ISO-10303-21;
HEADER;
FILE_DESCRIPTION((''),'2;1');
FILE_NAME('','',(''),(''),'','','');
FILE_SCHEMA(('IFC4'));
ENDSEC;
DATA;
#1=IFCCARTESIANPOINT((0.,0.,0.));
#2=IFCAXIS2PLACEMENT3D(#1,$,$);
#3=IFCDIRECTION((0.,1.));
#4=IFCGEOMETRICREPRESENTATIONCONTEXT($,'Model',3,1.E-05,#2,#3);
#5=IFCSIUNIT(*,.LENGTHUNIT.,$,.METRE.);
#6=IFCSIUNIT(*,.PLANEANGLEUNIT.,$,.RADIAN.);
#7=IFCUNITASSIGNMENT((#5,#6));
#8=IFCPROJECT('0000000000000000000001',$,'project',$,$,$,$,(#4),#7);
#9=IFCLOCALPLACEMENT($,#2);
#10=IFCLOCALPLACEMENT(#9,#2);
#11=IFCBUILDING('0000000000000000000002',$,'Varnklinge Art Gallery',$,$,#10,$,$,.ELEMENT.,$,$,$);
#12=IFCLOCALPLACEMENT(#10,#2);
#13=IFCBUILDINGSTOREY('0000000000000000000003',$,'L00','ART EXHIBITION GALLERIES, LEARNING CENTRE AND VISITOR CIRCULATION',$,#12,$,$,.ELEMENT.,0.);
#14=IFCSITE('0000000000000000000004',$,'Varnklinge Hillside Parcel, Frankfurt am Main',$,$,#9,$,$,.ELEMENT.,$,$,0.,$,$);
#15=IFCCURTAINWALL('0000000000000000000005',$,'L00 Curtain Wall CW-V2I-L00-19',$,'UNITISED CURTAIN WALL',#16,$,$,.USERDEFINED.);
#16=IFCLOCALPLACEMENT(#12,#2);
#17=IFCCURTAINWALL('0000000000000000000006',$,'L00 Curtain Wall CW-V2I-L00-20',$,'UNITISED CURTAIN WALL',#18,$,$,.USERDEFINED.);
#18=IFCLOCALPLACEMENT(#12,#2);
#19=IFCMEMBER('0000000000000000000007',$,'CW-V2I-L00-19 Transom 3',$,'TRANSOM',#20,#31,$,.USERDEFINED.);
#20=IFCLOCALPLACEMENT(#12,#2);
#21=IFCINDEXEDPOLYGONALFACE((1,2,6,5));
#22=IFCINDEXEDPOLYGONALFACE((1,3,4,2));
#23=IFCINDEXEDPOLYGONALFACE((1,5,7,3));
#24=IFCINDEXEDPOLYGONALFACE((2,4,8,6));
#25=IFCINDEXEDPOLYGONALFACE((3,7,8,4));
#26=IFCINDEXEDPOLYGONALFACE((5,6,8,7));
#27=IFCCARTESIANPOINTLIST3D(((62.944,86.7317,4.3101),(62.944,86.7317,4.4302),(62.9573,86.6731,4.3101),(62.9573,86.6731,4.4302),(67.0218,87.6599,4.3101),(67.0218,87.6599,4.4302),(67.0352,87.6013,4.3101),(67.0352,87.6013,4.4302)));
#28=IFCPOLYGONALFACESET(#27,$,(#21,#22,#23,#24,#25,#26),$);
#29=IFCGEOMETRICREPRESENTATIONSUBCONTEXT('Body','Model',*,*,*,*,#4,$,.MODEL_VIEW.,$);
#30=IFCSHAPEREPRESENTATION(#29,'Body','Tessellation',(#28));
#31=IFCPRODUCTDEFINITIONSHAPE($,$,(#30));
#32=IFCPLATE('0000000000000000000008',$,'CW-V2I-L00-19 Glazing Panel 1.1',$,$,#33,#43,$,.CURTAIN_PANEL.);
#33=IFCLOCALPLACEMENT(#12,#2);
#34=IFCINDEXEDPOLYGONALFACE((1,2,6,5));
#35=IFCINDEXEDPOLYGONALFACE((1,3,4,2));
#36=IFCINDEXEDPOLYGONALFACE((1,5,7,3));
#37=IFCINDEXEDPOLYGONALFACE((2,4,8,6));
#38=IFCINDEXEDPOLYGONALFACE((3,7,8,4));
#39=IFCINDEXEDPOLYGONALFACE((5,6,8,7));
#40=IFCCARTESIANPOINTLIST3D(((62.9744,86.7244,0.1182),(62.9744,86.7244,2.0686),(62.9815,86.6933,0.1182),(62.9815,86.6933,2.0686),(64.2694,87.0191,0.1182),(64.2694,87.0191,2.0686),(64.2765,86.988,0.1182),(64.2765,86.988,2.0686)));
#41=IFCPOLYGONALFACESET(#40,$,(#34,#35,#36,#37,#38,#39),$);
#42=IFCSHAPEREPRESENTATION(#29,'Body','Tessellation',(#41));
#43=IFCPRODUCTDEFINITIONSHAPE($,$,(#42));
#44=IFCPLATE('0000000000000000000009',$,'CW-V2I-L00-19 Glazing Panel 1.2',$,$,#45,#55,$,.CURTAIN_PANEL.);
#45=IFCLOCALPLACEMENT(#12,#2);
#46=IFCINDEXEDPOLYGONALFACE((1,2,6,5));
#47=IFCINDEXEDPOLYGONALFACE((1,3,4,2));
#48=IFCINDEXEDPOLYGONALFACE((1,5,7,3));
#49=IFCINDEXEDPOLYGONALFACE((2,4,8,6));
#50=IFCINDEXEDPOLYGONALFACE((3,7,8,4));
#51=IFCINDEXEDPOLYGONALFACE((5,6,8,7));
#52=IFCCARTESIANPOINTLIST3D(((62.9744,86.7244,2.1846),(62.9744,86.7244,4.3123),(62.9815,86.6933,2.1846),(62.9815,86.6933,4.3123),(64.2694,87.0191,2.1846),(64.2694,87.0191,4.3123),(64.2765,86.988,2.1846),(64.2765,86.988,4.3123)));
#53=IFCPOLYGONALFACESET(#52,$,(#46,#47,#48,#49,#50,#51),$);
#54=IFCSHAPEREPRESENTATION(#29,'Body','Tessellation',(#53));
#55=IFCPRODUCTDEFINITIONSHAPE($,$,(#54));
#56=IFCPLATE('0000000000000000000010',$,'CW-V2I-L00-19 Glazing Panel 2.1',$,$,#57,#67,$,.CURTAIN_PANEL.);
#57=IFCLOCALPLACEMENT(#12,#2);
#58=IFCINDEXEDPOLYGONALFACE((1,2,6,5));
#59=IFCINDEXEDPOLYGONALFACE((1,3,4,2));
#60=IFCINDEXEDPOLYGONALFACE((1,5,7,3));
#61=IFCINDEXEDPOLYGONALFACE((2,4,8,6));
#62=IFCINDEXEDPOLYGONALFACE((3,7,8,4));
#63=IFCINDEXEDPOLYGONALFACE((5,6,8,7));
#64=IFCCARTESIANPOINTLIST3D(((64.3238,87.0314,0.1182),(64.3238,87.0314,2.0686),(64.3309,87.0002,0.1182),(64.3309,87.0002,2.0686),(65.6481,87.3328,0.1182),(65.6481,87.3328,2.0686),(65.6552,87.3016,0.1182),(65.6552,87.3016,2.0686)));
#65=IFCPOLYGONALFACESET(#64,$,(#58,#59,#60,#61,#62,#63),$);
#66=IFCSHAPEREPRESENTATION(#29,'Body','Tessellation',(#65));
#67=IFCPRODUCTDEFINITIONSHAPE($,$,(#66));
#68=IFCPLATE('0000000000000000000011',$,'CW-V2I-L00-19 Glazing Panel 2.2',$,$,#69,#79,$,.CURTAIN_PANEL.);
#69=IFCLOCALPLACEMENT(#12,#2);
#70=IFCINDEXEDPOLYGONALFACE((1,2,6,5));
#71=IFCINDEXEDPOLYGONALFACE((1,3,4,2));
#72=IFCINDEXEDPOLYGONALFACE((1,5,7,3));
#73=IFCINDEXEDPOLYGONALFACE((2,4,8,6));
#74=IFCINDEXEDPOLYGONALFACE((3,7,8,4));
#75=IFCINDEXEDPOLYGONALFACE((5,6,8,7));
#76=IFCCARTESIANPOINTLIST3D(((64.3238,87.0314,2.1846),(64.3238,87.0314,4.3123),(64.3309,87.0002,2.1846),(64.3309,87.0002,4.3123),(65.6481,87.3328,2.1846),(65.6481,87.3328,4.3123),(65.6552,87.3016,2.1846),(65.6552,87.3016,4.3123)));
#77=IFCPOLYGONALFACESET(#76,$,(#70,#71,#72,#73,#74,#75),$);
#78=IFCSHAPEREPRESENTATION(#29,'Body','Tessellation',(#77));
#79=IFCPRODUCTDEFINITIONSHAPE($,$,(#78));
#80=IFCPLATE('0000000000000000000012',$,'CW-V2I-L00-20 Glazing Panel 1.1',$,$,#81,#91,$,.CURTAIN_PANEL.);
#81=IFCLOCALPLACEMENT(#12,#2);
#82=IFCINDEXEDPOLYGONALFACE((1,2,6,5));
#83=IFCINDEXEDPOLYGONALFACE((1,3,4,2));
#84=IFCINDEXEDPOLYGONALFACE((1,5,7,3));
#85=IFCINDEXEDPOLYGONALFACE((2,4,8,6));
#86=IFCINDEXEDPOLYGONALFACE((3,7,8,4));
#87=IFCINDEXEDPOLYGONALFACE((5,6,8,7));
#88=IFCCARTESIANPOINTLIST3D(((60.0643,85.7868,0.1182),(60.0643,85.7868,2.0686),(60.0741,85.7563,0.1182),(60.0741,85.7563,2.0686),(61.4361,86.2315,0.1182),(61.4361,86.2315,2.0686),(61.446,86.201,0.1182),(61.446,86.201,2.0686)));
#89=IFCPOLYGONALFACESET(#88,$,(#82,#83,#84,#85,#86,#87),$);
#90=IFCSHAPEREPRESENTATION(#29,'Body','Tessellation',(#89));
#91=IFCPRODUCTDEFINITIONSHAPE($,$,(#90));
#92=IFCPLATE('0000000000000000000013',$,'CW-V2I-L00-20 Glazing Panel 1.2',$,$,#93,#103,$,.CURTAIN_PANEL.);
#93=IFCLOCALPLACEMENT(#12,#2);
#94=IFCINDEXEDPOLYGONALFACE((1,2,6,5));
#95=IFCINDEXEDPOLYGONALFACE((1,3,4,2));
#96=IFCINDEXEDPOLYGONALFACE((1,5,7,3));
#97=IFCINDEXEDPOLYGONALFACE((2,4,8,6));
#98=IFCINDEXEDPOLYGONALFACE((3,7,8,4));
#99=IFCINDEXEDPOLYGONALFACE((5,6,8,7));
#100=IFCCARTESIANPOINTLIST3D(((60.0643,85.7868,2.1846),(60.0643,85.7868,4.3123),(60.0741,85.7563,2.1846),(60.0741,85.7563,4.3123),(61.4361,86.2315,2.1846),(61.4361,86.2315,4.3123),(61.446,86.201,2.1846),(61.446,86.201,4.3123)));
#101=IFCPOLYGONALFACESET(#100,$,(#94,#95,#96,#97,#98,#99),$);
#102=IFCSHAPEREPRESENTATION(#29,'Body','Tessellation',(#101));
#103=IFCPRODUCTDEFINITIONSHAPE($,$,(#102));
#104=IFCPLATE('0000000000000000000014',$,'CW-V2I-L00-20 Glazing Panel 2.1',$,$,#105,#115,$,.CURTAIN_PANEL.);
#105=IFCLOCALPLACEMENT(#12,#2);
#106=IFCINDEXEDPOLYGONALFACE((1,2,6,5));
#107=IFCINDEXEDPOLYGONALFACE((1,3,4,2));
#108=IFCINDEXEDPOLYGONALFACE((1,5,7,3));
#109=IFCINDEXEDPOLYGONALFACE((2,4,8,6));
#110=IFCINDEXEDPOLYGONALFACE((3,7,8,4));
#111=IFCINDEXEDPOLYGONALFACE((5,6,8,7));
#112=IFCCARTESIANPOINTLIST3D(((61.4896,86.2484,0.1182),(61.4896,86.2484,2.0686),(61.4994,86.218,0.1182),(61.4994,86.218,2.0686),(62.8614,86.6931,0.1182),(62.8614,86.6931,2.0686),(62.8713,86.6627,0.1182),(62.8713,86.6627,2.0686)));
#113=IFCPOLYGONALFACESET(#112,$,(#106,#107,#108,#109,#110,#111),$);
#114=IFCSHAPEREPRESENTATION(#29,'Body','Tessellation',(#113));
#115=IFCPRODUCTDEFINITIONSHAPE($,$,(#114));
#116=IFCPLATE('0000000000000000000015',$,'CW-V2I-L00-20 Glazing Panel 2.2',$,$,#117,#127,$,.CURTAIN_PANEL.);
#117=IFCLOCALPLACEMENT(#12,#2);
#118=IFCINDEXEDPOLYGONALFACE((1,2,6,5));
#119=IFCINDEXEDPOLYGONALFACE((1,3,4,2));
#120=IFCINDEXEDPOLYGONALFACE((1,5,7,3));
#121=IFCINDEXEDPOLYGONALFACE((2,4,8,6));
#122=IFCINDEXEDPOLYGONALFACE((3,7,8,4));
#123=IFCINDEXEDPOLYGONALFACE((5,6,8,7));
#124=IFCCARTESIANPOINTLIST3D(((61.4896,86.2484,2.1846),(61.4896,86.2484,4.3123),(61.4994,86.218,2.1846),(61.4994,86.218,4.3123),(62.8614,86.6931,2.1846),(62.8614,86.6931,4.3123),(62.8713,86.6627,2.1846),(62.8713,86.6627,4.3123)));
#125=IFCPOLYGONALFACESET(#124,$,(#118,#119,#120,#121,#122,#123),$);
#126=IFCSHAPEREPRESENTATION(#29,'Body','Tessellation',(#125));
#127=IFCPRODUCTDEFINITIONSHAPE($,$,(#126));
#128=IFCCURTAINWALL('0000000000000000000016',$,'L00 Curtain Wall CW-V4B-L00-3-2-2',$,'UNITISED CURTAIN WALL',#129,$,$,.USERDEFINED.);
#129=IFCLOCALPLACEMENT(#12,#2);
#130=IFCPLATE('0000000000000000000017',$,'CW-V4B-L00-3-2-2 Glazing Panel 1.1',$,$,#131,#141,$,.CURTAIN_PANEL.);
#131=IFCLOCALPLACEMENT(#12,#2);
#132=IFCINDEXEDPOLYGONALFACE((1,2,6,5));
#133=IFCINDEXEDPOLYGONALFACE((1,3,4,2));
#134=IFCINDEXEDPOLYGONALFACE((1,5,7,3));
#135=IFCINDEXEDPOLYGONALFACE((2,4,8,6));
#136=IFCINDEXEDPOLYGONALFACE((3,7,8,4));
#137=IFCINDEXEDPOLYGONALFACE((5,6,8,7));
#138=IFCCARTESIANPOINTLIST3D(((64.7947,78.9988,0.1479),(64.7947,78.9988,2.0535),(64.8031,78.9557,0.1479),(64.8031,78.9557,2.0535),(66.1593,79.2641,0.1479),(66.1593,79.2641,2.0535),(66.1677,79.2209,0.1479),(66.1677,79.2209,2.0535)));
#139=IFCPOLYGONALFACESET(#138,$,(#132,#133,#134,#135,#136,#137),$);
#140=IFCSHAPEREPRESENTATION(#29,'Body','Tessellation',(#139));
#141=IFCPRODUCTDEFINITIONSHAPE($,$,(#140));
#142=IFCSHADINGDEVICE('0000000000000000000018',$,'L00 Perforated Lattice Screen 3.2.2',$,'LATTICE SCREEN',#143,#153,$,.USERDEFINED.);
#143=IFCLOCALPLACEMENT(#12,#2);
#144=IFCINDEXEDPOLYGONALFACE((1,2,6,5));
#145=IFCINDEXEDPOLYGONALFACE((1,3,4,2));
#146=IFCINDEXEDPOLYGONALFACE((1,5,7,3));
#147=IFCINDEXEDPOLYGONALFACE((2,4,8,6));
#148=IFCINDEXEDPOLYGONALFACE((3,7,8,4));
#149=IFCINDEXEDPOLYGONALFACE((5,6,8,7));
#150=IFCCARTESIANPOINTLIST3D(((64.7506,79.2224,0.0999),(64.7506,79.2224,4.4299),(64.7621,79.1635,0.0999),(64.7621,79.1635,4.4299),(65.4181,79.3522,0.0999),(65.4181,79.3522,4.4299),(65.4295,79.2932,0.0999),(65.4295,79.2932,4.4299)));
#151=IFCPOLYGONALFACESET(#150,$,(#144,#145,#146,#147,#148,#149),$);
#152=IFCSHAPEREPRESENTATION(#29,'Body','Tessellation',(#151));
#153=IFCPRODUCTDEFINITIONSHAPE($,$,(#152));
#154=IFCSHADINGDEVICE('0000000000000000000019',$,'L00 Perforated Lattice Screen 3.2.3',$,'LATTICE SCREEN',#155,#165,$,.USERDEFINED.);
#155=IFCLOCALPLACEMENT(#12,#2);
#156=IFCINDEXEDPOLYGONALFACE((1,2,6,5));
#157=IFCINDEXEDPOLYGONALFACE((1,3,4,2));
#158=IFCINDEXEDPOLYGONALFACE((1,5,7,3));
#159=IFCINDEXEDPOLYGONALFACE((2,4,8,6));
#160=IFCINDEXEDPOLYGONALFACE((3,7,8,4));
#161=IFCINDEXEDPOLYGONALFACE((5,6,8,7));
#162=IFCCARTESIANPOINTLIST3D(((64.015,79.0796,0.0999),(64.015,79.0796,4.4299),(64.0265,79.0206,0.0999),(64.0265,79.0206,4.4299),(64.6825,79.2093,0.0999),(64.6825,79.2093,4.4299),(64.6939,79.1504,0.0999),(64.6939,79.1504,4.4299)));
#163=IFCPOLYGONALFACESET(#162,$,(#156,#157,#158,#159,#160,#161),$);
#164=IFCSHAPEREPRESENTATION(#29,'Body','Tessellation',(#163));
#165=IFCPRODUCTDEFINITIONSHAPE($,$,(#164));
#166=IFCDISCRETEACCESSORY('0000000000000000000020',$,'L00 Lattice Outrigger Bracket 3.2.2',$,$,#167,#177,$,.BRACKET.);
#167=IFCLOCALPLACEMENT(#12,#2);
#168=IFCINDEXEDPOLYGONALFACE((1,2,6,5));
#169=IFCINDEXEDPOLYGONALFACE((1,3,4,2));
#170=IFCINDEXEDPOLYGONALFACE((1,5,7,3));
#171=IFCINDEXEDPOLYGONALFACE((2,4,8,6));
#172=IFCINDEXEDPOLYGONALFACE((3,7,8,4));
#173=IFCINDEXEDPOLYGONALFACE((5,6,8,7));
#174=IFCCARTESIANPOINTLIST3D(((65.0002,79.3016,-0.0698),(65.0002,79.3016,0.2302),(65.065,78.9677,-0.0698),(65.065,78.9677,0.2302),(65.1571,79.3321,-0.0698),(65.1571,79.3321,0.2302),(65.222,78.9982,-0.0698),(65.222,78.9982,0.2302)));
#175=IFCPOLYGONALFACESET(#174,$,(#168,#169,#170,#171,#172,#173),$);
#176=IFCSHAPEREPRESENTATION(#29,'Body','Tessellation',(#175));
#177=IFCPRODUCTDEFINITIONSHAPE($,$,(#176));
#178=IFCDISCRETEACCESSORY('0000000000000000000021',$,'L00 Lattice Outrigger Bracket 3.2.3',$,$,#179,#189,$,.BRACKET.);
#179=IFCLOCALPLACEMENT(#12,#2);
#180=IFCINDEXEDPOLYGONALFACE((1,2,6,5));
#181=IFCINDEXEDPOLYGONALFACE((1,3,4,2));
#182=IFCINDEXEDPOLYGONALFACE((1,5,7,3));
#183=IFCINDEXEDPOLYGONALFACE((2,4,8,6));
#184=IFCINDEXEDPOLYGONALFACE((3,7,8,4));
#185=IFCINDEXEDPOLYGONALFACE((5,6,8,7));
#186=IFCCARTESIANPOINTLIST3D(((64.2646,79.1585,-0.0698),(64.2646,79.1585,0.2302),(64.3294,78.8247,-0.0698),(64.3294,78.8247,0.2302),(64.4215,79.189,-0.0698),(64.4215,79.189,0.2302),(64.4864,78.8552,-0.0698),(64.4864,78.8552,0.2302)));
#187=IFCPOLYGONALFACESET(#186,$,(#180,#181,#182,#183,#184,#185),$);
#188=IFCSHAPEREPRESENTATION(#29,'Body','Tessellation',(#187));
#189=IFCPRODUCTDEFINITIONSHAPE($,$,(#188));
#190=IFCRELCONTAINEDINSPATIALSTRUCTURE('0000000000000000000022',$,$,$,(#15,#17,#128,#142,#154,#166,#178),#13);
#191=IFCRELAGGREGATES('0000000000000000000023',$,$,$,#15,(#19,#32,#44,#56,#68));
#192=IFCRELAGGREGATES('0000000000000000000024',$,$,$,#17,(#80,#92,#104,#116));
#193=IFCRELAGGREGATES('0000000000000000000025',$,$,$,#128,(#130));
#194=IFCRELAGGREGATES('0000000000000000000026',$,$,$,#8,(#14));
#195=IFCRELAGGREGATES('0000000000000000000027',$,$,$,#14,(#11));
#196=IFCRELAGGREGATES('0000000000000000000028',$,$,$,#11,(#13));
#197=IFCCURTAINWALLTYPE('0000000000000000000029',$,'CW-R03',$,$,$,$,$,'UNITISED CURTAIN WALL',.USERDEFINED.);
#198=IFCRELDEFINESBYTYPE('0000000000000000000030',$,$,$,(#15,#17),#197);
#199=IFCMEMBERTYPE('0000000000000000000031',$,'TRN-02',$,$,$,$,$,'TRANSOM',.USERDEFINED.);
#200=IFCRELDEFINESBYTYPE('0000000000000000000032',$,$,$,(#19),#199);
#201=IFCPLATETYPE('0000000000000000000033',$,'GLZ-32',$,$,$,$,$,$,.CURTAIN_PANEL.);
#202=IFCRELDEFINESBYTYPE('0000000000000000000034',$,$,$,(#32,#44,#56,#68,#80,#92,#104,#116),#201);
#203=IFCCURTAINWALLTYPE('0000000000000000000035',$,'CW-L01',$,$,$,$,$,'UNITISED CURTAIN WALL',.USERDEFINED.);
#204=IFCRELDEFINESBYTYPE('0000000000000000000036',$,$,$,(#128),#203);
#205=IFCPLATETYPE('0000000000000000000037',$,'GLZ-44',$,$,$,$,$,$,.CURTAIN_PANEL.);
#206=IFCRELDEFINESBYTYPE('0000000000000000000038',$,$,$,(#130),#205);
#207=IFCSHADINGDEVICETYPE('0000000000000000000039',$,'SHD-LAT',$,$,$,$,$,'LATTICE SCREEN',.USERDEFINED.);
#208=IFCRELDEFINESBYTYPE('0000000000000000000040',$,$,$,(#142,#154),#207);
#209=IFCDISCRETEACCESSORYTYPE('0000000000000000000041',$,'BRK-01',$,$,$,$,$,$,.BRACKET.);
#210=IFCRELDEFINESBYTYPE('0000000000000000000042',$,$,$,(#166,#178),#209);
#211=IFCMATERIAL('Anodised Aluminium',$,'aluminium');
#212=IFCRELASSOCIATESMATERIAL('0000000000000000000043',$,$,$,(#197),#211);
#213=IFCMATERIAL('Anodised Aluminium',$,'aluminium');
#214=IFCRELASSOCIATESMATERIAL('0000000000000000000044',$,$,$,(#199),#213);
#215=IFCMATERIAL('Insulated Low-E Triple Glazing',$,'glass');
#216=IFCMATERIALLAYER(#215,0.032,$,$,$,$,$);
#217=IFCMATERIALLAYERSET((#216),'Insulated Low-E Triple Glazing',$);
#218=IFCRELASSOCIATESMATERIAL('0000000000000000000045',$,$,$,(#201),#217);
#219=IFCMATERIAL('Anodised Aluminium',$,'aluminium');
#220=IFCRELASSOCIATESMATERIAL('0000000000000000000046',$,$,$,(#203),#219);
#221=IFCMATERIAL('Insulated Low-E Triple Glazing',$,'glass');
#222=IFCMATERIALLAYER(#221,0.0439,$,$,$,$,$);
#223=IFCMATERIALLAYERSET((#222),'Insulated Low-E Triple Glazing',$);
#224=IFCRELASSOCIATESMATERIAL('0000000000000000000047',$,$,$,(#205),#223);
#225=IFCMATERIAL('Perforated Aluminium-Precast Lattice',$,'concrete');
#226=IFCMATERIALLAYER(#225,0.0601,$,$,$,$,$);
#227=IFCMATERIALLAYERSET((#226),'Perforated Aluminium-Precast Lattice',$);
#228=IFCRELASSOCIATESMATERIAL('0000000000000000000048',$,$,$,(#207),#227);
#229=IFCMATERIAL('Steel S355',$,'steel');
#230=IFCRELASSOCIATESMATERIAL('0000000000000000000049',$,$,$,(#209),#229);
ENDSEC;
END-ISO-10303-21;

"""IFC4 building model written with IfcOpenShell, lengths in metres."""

from ifc_helpers import new_model, si_unit, direction, frame, origin, origin_2d, place, context, subcontext, project, spatial, rectangle, extrude, material, layer, layer_set, material_profile, profile_set, type_object, element, aggregate, save


model = new_model("IFC4")

# Units and contexts
model_context = context("Model", 3, precision=1e-05, world=origin(), true_north=direction((0.0, 1.0)))
body_context = subcontext(model_context, "Body", "Model", "MODEL_VIEW")
ifc_project = project(units=[si_unit("LENGTHUNIT", "METRE"), si_unit("PLANEANGLEUNIT", "RADIAN")], contexts=[model_context])

# Site, building, storey
site_placement = place(None, origin())
site = spatial("IfcSite", under=ifc_project, at=site_placement, Name="Varnklinge Hillside Parcel, Frankfurt am Main", CompositionType="ELEMENT", RefElevation=0.0)
building_placement = place(site_placement, origin())
building = spatial("IfcBuilding", under=site, at=building_placement, Name="Varnklinge Art Gallery", CompositionType="ELEMENT")
storey_placement = place(building_placement, origin())
storey = spatial("IfcBuildingStorey", under=building, at=storey_placement, Name="L00", Description="ART EXHIBITION GALLERIES, LEARNING CENTRE AND VISITOR CIRCULATION", CompositionType="ELEMENT", Elevation=0.0)

# Curtain walls
ifc_material_1 = material(Name="Anodised Aluminium", Category="aluminium")
curtain_wall_type_1 = type_object("IfcCurtainWallType", Name="CW-R03", ElementType="UNITISED CURTAIN WALL", PredefinedType="USERDEFINED", material=ifc_material_1)
curtain_wall_1_placement = place(storey_placement, origin())
curtain_wall_1 = element("IfcCurtainWall", 1, at=curtain_wall_1_placement, inside=storey, type_object=curtain_wall_type_1, Name="L00 Curtain Wall CW-V2I-L00-19", ObjectType="UNITISED CURTAIN WALL", PredefinedType="USERDEFINED")
curtain_wall_2_placement = place(storey_placement, origin())
curtain_wall_2 = element("IfcCurtainWall", 2, at=curtain_wall_2_placement, inside=storey, type_object=curtain_wall_type_1, Name="L00 Curtain Wall CW-V2I-L00-20", ObjectType="UNITISED CURTAIN WALL", PredefinedType="USERDEFINED")

# Member
ifc_material_2 = material(Name="Anodised Aluminium", Category="aluminium")
ifc_material_profile_1 = material_profile(ifc_material_2, rectangle(XDim=0.0601, YDim=0.1201, at=origin_2d()), Name="ALU 60x120")
ifc_profile_set_1 = profile_set([ifc_material_profile_1], Name="Anodised Aluminium")
member_type_1 = type_object("IfcMemberType", Name="TRN-02", ElementType="TRANSOM", PredefinedType="USERDEFINED", material=ifc_profile_set_1)
member_1_placement = place(storey_placement, frame((62.9507, 86.7024, 4.3701), z_axis=(0.975059, 0.221947, 0.0), x_axis=(-0.221947, 0.975059, 0.0)))
member_1 = element("IfcMember", 3, at=member_1_placement, type_object=member_type_1, Name="CW-V2I-L00-19 Transom 3", ObjectType="TRANSOM", PredefinedType="USERDEFINED", context=body_context, shape_type="SweptSolid", body=[
    extrude(rectangle(XDim=0.0601, YDim=0.1201, at=origin_2d()), origin(), (0.0, 0.0, 1.0), 4.1821),
])

# Plates
ifc_material_3 = material(Name="Insulated Low-E Triple Glazing", Category="glass")
ifc_layer_1 = layer(ifc_material_3, 0.032)
ifc_layer_set_1 = layer_set([ifc_layer_1], Name="Insulated Low-E Triple Glazing")
plate_type_1 = type_object("IfcPlateType", Name="GLZ-32", PredefinedType="CURTAIN_PANEL", material=ifc_layer_set_1)
plate_1_placement = place(storey_placement, frame((63.6255, 86.8562, 0.1182), z_axis=(0.0, 0.0, 1.0), x_axis=(0.975072, 0.221889, 0.0)))
plate_1 = element("IfcPlate", 4, at=plate_1_placement, type_object=plate_type_1, Name="CW-V2I-L00-19 Glazing Panel 1.1", PredefinedType="CURTAIN_PANEL", context=body_context, shape_type="SweptSolid", body=[
    extrude(rectangle(XDim=1.3281, YDim=0.032, at=origin_2d()), origin(), (0.0, 0.0, 1.0), 1.9504),
])
plate_2_placement = place(storey_placement, frame((63.6255, 86.8562, 2.1846), z_axis=(0.0, 0.0, 1.0), x_axis=(0.975072, 0.221889, 0.0)))
plate_2 = element("IfcPlate", 5, at=plate_2_placement, type_object=plate_type_1, Name="CW-V2I-L00-19 Glazing Panel 1.2", PredefinedType="CURTAIN_PANEL", context=body_context, shape_type="SweptSolid", body=[
    extrude(rectangle(XDim=1.3281, YDim=0.032, at=origin_2d()), origin(), (0.0, 0.0, 1.0), 2.1277),
])
plate_3_placement = place(storey_placement, frame((64.9895, 87.1665, 0.1182), z_axis=(0.0, 0.0, 1.0), x_axis=(0.975072, 0.221889, 0.0)))
plate_3 = element("IfcPlate", 6, at=plate_3_placement, type_object=plate_type_1, Name="CW-V2I-L00-19 Glazing Panel 2.1", PredefinedType="CURTAIN_PANEL", context=body_context, shape_type="SweptSolid", body=[
    extrude(rectangle(XDim=1.3582, YDim=0.032, at=origin_2d()), origin(), (0.0, 0.0, 1.0), 1.9504),
])
plate_4_placement = place(storey_placement, frame((64.9895, 87.1665, 2.1846), z_axis=(0.0, 0.0, 1.0), x_axis=(0.975072, 0.221889, 0.0)))
plate_4 = element("IfcPlate", 7, at=plate_4_placement, type_object=plate_type_1, Name="CW-V2I-L00-19 Glazing Panel 2.2", PredefinedType="CURTAIN_PANEL", context=body_context, shape_type="SweptSolid", body=[
    extrude(rectangle(XDim=1.3582, YDim=0.032, at=origin_2d()), origin(), (0.0, 0.0, 1.0), 2.1277),
])
aggregate(curtain_wall_1, [member_1, plate_1, plate_2, plate_3, plate_4])
plate_5_placement = place(storey_placement, frame((60.7551, 85.9939, 0.1182), z_axis=(0.0, 0.0, 1.0), x_axis=(0.951272, 0.308353, 0.0)))
plate_5 = element("IfcPlate", 8, at=plate_5_placement, type_object=plate_type_1, Name="CW-V2I-L00-20 Glazing Panel 1.1", PredefinedType="CURTAIN_PANEL", context=body_context, shape_type="SweptSolid", body=[
    extrude(rectangle(XDim=1.4421, YDim=0.032, at=origin_2d()), origin(), (0.0, 0.0, 1.0), 1.9504),
])
plate_6_placement = place(storey_placement, frame((60.7551, 85.9939, 2.1846), z_axis=(0.0, 0.0, 1.0), x_axis=(0.951272, 0.308353, 0.0)))
plate_6 = element("IfcPlate", 9, at=plate_6_placement, type_object=plate_type_1, Name="CW-V2I-L00-20 Glazing Panel 1.2", PredefinedType="CURTAIN_PANEL", context=body_context, shape_type="SweptSolid", body=[
    extrude(rectangle(XDim=1.4421, YDim=0.032, at=origin_2d()), origin(), (0.0, 0.0, 1.0), 2.1277),
])
plate_7_placement = place(storey_placement, frame((62.1804, 86.4556, 0.1182), z_axis=(0.0, 0.0, 1.0), x_axis=(0.951272, 0.308353, 0.0)))
plate_7 = element("IfcPlate", 10, at=plate_7_placement, type_object=plate_type_1, Name="CW-V2I-L00-20 Glazing Panel 2.1", PredefinedType="CURTAIN_PANEL", context=body_context, shape_type="SweptSolid", body=[
    extrude(rectangle(XDim=1.4421, YDim=0.032, at=origin_2d()), origin(), (0.0, 0.0, 1.0), 1.9504),
])
plate_8_placement = place(storey_placement, frame((62.1804, 86.4556, 2.1846), z_axis=(0.0, 0.0, 1.0), x_axis=(0.951272, 0.308353, 0.0)))
plate_8 = element("IfcPlate", 11, at=plate_8_placement, type_object=plate_type_1, Name="CW-V2I-L00-20 Glazing Panel 2.2", PredefinedType="CURTAIN_PANEL", context=body_context, shape_type="SweptSolid", body=[
    extrude(rectangle(XDim=1.4421, YDim=0.032, at=origin_2d()), origin(), (0.0, 0.0, 1.0), 2.1277),
])
aggregate(curtain_wall_2, [plate_5, plate_6, plate_7, plate_8])

# Curtain wall, plate
ifc_material_4 = material(Name="Anodised Aluminium", Category="aluminium")
curtain_wall_type_2 = type_object("IfcCurtainWallType", Name="CW-L01", ElementType="UNITISED CURTAIN WALL", PredefinedType="USERDEFINED", material=ifc_material_4)
curtain_wall_3_placement = place(storey_placement, origin())
curtain_wall_3 = element("IfcCurtainWall", 12, at=curtain_wall_3_placement, inside=storey, type_object=curtain_wall_type_2, Name="L00 Curtain Wall CW-V4B-L00-3-2-2", ObjectType="UNITISED CURTAIN WALL", PredefinedType="USERDEFINED")
ifc_material_5 = material(Name="Insulated Low-E Triple Glazing", Category="glass")
ifc_layer_2 = layer(ifc_material_5, 0.0439)
ifc_layer_set_2 = layer_set([ifc_layer_2], Name="Insulated Low-E Triple Glazing")
plate_type_2 = type_object("IfcPlateType", Name="GLZ-44", PredefinedType="CURTAIN_PANEL", material=ifc_layer_set_2)
plate_9_placement = place(storey_placement, frame((65.4812, 79.1099, 0.1479), z_axis=(0.0, 0.0, 1.0), x_axis=(-0.981627, -0.190809, 0.0)))
plate_9 = element("IfcPlate", 13, at=plate_9_placement, type_object=plate_type_2, Name="CW-V4B-L00-3-2-2 Glazing Panel 1.1", PredefinedType="CURTAIN_PANEL", context=body_context, shape_type="SweptSolid", body=[
    extrude(rectangle(XDim=1.3901, YDim=0.0439, at=origin_2d()), origin(), (0.0, 0.0, 1.0), 1.9055),
])
aggregate(curtain_wall_3, [plate_9])

# Shading devices
ifc_material_6 = material(Name="Perforated Aluminium-Precast Lattice", Category="concrete")
ifc_layer_3 = layer(ifc_material_6, 0.0601)
ifc_layer_set_3 = layer_set([ifc_layer_3], Name="Perforated Aluminium-Precast Lattice")
shading_device_type = type_object("IfcShadingDeviceType", Name="SHD-LAT", ElementType="LATTICE SCREEN", PredefinedType="USERDEFINED", material=ifc_layer_set_3)
for number, where, z_axis, x_axis, name in (
    (14, (65.0901, 79.2578, 0.0999), (0.0, 0.0, 1.0), (-0.981627, -0.190809, 0.0), "L00 Perforated Lattice Screen 3.2.2"),
    (15, (64.3545, 79.115, 0.0999), (0.0, 0.0, 1.0), (-0.981627, -0.190809, 0.0), "L00 Perforated Lattice Screen 3.2.3"),
):
    element("IfcShadingDevice", number, at=place(storey_placement, frame(where, z_axis=z_axis, x_axis=x_axis)), inside=storey, type_object=shading_device_type, Name=name, ObjectType="LATTICE SCREEN", PredefinedType="USERDEFINED", context=body_context, shape_type="SweptSolid", body=[
        extrude(rectangle(XDim=0.6799, YDim=0.0601, at=origin_2d()), origin(), (0.0, 0.0, 1.0), 4.3301),
    ])

# Discrete accessories
ifc_material_7 = material(Name="Steel S355", Category="steel")
discrete_accessory_type = type_object("IfcDiscreteAccessoryType", Name="BRK-01", PredefinedType="BRACKET", material=ifc_material_7)
for number, where, z_axis, x_axis, name in (
    (16, (65.1111, 79.1499, -0.0698), (0.0, 0.0, 1.0), (-0.981627, -0.190809, 0.0), "L00 Lattice Outrigger Bracket 3.2.2"),
    (17, (64.3755, 79.0068, -0.0698), (0.0, 0.0, 1.0), (-0.981627, -0.190809, 0.0), "L00 Lattice Outrigger Bracket 3.2.3"),
):
    element("IfcDiscreteAccessory", number, at=place(storey_placement, frame(where, z_axis=z_axis, x_axis=x_axis)), inside=storey, type_object=discrete_accessory_type, Name=name, PredefinedType="BRACKET", context=body_context, shape_type="SweptSolid", body=[
        extrude(rectangle(XDim=0.1599, YDim=0.3401, at=origin_2d()), origin(), (0.0, 0.0, 1.0), 0.3),
    ])

save(model, "model.ifc")
